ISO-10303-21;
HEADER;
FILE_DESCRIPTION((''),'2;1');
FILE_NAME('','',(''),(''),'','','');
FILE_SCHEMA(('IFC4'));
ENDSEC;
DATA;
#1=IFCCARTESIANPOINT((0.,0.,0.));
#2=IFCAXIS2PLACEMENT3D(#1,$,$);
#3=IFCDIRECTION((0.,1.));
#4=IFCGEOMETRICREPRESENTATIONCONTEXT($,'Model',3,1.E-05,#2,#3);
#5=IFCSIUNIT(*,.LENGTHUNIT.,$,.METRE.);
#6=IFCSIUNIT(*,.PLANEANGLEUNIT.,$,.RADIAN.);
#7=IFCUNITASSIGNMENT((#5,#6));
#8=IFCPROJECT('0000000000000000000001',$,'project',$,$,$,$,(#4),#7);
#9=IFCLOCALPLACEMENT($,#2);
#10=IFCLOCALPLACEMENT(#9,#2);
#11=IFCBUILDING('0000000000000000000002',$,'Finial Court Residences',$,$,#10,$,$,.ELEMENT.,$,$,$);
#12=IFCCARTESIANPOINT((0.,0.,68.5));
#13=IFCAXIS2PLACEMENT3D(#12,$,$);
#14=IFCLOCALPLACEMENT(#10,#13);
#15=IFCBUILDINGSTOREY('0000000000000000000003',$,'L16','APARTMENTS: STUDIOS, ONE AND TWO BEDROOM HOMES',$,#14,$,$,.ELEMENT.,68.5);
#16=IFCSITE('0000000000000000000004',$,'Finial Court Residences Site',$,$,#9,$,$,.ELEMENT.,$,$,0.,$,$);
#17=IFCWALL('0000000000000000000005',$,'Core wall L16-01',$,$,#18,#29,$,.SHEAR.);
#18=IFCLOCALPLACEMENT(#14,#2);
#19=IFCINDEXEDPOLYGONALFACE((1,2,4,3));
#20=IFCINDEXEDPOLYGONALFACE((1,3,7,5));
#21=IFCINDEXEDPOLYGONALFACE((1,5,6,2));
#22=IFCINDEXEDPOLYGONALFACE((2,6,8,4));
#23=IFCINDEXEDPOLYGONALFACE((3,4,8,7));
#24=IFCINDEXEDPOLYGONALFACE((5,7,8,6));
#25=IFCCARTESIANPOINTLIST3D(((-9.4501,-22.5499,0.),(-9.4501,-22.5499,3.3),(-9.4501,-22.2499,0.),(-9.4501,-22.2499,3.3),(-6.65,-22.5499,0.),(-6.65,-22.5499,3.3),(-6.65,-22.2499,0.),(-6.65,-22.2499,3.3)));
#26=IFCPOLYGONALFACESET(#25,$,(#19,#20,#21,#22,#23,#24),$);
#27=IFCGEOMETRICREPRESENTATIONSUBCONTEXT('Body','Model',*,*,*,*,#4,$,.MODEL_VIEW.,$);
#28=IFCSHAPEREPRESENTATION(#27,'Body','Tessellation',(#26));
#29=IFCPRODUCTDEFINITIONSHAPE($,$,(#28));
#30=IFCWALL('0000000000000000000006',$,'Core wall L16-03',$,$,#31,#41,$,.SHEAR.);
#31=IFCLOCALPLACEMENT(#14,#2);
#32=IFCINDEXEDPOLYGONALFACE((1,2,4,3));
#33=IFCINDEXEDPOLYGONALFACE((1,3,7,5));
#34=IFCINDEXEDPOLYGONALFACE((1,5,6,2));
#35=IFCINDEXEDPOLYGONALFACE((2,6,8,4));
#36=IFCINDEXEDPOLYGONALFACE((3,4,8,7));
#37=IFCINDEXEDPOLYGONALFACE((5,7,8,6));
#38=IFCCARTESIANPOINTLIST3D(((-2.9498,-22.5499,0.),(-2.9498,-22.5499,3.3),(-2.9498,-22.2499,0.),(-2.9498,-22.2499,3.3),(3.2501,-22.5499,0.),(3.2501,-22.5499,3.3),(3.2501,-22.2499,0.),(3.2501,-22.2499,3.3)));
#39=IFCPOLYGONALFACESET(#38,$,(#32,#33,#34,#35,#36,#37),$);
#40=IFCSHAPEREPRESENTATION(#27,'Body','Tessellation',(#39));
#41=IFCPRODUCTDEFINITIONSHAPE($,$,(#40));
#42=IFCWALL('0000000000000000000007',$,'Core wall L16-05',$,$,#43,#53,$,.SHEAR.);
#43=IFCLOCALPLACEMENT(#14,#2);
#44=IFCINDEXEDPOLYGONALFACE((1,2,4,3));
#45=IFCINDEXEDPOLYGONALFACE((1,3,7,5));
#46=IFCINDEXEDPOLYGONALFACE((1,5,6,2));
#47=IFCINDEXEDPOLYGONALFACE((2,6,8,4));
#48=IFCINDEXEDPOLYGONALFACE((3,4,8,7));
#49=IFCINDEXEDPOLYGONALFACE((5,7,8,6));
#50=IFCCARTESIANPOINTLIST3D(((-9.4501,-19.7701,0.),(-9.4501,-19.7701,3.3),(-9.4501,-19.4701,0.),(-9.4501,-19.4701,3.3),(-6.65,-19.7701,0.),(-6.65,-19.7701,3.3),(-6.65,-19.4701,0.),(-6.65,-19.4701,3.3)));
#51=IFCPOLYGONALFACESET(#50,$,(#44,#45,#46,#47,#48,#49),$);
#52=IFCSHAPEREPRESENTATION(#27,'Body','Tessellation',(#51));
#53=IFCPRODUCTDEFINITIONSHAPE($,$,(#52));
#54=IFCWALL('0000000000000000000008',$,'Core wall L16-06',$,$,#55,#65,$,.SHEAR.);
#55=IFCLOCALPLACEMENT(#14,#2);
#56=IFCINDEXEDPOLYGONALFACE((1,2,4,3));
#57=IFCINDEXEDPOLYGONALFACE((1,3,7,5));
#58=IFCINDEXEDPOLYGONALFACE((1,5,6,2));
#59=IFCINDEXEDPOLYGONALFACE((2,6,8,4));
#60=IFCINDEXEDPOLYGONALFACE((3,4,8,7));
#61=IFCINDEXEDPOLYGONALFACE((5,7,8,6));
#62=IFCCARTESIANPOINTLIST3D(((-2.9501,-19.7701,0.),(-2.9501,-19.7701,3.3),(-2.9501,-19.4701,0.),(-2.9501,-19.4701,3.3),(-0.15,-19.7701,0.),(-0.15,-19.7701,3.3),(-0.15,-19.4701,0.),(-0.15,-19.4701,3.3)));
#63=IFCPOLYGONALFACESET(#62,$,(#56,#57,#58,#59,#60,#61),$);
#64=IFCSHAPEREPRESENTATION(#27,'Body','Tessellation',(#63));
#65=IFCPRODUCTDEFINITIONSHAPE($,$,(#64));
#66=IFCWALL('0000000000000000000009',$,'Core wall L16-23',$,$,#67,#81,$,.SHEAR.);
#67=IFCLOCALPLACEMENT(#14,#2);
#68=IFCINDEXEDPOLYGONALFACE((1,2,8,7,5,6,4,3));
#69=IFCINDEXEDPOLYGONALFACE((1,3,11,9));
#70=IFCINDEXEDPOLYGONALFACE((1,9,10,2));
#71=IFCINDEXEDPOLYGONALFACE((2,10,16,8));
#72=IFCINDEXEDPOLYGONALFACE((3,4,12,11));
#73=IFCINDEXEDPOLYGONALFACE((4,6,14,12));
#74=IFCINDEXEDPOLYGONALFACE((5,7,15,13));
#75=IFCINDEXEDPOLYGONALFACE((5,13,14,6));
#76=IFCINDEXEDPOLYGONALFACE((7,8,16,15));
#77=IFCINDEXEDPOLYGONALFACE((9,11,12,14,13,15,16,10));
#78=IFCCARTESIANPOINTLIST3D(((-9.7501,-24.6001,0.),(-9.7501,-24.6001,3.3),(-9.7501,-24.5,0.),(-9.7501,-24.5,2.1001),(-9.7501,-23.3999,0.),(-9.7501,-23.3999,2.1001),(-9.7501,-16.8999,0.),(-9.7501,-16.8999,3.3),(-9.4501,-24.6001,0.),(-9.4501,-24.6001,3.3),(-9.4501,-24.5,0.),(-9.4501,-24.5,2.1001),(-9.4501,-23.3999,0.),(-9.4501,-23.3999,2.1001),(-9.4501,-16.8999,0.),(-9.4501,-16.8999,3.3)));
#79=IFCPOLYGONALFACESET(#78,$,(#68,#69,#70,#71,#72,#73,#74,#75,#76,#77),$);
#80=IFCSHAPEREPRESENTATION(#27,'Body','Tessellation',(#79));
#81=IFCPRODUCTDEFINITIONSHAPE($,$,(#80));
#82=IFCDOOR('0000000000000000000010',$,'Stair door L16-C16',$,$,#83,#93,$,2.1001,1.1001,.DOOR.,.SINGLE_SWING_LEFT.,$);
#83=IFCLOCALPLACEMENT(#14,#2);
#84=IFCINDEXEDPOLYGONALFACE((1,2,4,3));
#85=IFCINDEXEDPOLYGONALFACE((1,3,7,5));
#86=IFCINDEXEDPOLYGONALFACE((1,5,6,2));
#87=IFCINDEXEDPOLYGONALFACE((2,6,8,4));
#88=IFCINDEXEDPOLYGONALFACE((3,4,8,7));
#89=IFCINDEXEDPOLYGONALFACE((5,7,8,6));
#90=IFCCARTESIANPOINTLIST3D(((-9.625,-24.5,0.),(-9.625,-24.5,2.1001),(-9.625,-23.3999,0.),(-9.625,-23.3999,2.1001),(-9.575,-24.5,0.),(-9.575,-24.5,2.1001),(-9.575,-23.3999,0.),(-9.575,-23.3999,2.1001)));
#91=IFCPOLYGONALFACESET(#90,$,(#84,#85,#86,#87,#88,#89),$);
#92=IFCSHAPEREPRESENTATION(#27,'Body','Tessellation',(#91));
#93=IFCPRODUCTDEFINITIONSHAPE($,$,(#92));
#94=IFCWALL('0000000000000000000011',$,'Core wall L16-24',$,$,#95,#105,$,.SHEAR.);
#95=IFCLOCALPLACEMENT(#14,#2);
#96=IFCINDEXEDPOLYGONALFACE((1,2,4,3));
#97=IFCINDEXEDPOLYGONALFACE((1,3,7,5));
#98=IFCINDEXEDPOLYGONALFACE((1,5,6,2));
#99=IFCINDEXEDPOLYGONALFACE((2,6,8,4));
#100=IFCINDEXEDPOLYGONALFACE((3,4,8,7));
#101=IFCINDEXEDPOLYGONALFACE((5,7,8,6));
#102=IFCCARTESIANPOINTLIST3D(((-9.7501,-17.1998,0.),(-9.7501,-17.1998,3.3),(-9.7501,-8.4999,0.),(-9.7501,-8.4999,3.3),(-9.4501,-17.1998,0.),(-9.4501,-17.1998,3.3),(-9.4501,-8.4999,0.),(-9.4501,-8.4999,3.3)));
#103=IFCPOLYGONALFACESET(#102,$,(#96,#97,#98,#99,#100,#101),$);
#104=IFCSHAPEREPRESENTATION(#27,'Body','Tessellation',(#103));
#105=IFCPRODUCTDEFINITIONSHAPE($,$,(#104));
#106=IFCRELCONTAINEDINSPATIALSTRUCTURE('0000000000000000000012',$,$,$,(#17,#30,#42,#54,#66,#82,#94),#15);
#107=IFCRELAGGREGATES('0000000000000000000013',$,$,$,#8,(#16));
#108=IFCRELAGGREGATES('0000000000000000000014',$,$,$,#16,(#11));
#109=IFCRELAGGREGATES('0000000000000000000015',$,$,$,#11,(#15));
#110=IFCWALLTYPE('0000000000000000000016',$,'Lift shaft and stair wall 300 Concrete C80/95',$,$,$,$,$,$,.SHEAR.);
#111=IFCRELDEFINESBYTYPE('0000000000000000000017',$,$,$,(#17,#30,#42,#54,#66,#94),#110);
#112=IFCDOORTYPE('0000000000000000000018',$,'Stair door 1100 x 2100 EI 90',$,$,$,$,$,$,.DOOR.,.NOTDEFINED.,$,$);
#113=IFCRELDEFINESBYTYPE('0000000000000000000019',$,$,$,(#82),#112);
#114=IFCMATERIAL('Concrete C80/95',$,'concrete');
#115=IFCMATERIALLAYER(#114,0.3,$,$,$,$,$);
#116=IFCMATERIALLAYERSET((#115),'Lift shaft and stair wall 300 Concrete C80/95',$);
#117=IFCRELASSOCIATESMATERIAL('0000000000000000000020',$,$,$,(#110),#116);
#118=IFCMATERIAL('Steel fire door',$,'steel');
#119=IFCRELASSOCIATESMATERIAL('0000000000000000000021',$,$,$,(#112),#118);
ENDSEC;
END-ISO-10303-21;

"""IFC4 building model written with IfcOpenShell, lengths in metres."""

from ifc_helpers import new_model, si_unit, direction, frame, frame_2d, origin, place, context, subcontext, project, spatial, rectangle, extrude, material, layer, layer_set, type_object, element, fill, save


model = new_model("IFC4")

# Units and contexts
model_context = context("Model", 3, precision=1e-05, world=origin(), true_north=direction((0.0, 1.0)))
body_context = subcontext(model_context, "Body", "Model", "MODEL_VIEW")
ifc_project = project(units=[si_unit("LENGTHUNIT", "METRE"), si_unit("PLANEANGLEUNIT", "RADIAN")], contexts=[model_context])

# Site, building, storey
site_placement = place(None, origin())
site = spatial("IfcSite", under=ifc_project, at=site_placement, Name="Finial Court Residences Site", CompositionType="ELEMENT", RefElevation=0.0)
building_placement = place(site_placement, origin())
building = spatial("IfcBuilding", under=site, at=building_placement, Name="Finial Court Residences", CompositionType="ELEMENT")
storey_placement = place(building_placement, frame((0.0, 0.0, 68.5)))
storey = spatial("IfcBuildingStorey", under=building, at=storey_placement, Name="L16", Description="APARTMENTS: STUDIOS, ONE AND TWO BEDROOM HOMES", CompositionType="ELEMENT", Elevation=68.5)

# Walls
ifc_material_1 = material(Name="Concrete C80/95", Category="concrete")
ifc_layer_1 = layer(ifc_material_1, 0.3)
ifc_layer_set_1 = layer_set([ifc_layer_1], Name="Lift shaft and stair wall 300 Concrete C80/95")
wall_type_1 = type_object("IfcWallType", Name="Lift shaft and stair wall 300 Concrete C80/95", PredefinedType="SHEAR", material=ifc_layer_set_1)
wall_1_placement = place(storey_placement, frame((-9.45, -22.3999, 0.0), z_axis=(0.0, 0.0, 1.0), x_axis=(1.0, 0.0, 0.0)))
element("IfcWall", 1, at=wall_1_placement, inside=storey, type_object=wall_type_1, Name="Core wall L16-01", PredefinedType="SHEAR", context=body_context, shape_type="SweptSolid", body=[
    extrude(rectangle(XDim=2.8, YDim=0.3, at=frame_2d((1.3999, 0.0))), origin(), (0.0, 0.0, 1.0), 3.3),
])
wall_2_placement = place(storey_placement, frame((-2.95, -22.3999, 0.0), z_axis=(0.0, 0.0, 1.0), x_axis=(1.0, 0.0, 0.0)))
element("IfcWall", 2, at=wall_2_placement, inside=storey, type_object=wall_type_1, Name="Core wall L16-03", PredefinedType="SHEAR", context=body_context, shape_type="SweptSolid", body=[
    extrude(rectangle(XDim=6.2, YDim=0.3, at=frame_2d((3.1001, 0.0))), origin(), (0.0, 0.0, 1.0), 3.3),
])
for number, where, z_axis, x_axis, name in (
    (3, (-9.45, -19.6201, 0.0), (0.0, 0.0, 1.0), (1.0, 0.0, 0.0), "Core wall L16-05"),
    (4, (-2.95, -19.6201, 0.0), (0.0, 0.0, 1.0), (1.0, 0.0, 0.0), "Core wall L16-06"),
):
    element("IfcWall", number, at=place(storey_placement, frame(where, z_axis=z_axis, x_axis=x_axis)), inside=storey, type_object=wall_type_1, Name=name, PredefinedType="SHEAR", context=body_context, shape_type="SweptSolid", body=[
        extrude(rectangle(XDim=2.8, YDim=0.3, at=frame_2d((1.3999, 0.0))), origin(), (0.0, 0.0, 1.0), 3.3),
    ])

# Wall, opening, door
wall_3_placement = place(storey_placement, frame((-9.6001, -24.6001, 0.0), z_axis=(0.0, 0.0, 1.0), x_axis=(0.0, 1.0, 0.0)))
wall_3 = element("IfcWall", 5, at=wall_3_placement, inside=storey, type_object=wall_type_1, Name="Core wall L16-23", PredefinedType="SHEAR", context=body_context, shape_type="SweptSolid", body=[
    extrude(rectangle(XDim=7.7002, YDim=0.3, at=frame_2d((3.8501, 0.0))), origin(), (0.0, 0.0, 1.0), 3.3),
])
opening_1_placement = place(wall_3_placement, frame((0.1001, 0.0, 0.0)))
opening_1 = element("IfcOpeningElement", 6, at=opening_1_placement, cuts=wall_3, PredefinedType="OPENING", context=body_context, shape_type="SweptSolid", body=[
    extrude(rectangle(XDim=1.1001, YDim=2.1001, at=frame_2d((0.55, 1.05))), frame((0.0, 0.1599, 0.0), z_axis=(0.0, -1.0, 0.0), x_axis=(1.0, 0.0, 0.0)), (0.0, 0.0, 1.0), 0.3201),
])
ifc_material_2 = material(Name="Steel fire door", Category="steel")
door_type_1 = type_object("IfcDoorType", Name="Stair door 1100 x 2100 EI 90", OperationType="NOTDEFINED", PredefinedType="DOOR", material=ifc_material_2)
door_1_placement = place(opening_1_placement, origin())
door_1 = element("IfcDoor", 7, at=door_1_placement, inside=storey, type_object=door_type_1, Name="Stair door L16-C16", OperationType="SINGLE_SWING_LEFT", OverallHeight=2.1001, OverallWidth=1.1001, PredefinedType="DOOR", context=body_context, shape_type="SweptSolid", body=[
    extrude(rectangle(XDim=1.1001, YDim=2.1001, at=frame_2d((0.55, 1.05))), frame((0.0, 0.0249, 0.0), z_axis=(0.0, -1.0, 0.0), x_axis=(1.0, 0.0, 0.0)), (0.0, 0.0, 1.0), 0.05),
])
fill(opening_1, door_1)

# Wall
wall_4_placement = place(storey_placement, frame((-9.6001, -17.2, 0.0), z_axis=(0.0, 0.0, 1.0), x_axis=(0.0, 1.0, 0.0)))
element("IfcWall", 8, at=wall_4_placement, inside=storey, type_object=wall_type_1, Name="Core wall L16-24", PredefinedType="SHEAR", context=body_context, shape_type="SweptSolid", body=[
    extrude(rectangle(XDim=8.7, YDim=0.3, at=frame_2d((4.3501, 0.0))), origin(), (0.0, 0.0, 1.0), 3.3),
])

save(model, "model.ifc")
